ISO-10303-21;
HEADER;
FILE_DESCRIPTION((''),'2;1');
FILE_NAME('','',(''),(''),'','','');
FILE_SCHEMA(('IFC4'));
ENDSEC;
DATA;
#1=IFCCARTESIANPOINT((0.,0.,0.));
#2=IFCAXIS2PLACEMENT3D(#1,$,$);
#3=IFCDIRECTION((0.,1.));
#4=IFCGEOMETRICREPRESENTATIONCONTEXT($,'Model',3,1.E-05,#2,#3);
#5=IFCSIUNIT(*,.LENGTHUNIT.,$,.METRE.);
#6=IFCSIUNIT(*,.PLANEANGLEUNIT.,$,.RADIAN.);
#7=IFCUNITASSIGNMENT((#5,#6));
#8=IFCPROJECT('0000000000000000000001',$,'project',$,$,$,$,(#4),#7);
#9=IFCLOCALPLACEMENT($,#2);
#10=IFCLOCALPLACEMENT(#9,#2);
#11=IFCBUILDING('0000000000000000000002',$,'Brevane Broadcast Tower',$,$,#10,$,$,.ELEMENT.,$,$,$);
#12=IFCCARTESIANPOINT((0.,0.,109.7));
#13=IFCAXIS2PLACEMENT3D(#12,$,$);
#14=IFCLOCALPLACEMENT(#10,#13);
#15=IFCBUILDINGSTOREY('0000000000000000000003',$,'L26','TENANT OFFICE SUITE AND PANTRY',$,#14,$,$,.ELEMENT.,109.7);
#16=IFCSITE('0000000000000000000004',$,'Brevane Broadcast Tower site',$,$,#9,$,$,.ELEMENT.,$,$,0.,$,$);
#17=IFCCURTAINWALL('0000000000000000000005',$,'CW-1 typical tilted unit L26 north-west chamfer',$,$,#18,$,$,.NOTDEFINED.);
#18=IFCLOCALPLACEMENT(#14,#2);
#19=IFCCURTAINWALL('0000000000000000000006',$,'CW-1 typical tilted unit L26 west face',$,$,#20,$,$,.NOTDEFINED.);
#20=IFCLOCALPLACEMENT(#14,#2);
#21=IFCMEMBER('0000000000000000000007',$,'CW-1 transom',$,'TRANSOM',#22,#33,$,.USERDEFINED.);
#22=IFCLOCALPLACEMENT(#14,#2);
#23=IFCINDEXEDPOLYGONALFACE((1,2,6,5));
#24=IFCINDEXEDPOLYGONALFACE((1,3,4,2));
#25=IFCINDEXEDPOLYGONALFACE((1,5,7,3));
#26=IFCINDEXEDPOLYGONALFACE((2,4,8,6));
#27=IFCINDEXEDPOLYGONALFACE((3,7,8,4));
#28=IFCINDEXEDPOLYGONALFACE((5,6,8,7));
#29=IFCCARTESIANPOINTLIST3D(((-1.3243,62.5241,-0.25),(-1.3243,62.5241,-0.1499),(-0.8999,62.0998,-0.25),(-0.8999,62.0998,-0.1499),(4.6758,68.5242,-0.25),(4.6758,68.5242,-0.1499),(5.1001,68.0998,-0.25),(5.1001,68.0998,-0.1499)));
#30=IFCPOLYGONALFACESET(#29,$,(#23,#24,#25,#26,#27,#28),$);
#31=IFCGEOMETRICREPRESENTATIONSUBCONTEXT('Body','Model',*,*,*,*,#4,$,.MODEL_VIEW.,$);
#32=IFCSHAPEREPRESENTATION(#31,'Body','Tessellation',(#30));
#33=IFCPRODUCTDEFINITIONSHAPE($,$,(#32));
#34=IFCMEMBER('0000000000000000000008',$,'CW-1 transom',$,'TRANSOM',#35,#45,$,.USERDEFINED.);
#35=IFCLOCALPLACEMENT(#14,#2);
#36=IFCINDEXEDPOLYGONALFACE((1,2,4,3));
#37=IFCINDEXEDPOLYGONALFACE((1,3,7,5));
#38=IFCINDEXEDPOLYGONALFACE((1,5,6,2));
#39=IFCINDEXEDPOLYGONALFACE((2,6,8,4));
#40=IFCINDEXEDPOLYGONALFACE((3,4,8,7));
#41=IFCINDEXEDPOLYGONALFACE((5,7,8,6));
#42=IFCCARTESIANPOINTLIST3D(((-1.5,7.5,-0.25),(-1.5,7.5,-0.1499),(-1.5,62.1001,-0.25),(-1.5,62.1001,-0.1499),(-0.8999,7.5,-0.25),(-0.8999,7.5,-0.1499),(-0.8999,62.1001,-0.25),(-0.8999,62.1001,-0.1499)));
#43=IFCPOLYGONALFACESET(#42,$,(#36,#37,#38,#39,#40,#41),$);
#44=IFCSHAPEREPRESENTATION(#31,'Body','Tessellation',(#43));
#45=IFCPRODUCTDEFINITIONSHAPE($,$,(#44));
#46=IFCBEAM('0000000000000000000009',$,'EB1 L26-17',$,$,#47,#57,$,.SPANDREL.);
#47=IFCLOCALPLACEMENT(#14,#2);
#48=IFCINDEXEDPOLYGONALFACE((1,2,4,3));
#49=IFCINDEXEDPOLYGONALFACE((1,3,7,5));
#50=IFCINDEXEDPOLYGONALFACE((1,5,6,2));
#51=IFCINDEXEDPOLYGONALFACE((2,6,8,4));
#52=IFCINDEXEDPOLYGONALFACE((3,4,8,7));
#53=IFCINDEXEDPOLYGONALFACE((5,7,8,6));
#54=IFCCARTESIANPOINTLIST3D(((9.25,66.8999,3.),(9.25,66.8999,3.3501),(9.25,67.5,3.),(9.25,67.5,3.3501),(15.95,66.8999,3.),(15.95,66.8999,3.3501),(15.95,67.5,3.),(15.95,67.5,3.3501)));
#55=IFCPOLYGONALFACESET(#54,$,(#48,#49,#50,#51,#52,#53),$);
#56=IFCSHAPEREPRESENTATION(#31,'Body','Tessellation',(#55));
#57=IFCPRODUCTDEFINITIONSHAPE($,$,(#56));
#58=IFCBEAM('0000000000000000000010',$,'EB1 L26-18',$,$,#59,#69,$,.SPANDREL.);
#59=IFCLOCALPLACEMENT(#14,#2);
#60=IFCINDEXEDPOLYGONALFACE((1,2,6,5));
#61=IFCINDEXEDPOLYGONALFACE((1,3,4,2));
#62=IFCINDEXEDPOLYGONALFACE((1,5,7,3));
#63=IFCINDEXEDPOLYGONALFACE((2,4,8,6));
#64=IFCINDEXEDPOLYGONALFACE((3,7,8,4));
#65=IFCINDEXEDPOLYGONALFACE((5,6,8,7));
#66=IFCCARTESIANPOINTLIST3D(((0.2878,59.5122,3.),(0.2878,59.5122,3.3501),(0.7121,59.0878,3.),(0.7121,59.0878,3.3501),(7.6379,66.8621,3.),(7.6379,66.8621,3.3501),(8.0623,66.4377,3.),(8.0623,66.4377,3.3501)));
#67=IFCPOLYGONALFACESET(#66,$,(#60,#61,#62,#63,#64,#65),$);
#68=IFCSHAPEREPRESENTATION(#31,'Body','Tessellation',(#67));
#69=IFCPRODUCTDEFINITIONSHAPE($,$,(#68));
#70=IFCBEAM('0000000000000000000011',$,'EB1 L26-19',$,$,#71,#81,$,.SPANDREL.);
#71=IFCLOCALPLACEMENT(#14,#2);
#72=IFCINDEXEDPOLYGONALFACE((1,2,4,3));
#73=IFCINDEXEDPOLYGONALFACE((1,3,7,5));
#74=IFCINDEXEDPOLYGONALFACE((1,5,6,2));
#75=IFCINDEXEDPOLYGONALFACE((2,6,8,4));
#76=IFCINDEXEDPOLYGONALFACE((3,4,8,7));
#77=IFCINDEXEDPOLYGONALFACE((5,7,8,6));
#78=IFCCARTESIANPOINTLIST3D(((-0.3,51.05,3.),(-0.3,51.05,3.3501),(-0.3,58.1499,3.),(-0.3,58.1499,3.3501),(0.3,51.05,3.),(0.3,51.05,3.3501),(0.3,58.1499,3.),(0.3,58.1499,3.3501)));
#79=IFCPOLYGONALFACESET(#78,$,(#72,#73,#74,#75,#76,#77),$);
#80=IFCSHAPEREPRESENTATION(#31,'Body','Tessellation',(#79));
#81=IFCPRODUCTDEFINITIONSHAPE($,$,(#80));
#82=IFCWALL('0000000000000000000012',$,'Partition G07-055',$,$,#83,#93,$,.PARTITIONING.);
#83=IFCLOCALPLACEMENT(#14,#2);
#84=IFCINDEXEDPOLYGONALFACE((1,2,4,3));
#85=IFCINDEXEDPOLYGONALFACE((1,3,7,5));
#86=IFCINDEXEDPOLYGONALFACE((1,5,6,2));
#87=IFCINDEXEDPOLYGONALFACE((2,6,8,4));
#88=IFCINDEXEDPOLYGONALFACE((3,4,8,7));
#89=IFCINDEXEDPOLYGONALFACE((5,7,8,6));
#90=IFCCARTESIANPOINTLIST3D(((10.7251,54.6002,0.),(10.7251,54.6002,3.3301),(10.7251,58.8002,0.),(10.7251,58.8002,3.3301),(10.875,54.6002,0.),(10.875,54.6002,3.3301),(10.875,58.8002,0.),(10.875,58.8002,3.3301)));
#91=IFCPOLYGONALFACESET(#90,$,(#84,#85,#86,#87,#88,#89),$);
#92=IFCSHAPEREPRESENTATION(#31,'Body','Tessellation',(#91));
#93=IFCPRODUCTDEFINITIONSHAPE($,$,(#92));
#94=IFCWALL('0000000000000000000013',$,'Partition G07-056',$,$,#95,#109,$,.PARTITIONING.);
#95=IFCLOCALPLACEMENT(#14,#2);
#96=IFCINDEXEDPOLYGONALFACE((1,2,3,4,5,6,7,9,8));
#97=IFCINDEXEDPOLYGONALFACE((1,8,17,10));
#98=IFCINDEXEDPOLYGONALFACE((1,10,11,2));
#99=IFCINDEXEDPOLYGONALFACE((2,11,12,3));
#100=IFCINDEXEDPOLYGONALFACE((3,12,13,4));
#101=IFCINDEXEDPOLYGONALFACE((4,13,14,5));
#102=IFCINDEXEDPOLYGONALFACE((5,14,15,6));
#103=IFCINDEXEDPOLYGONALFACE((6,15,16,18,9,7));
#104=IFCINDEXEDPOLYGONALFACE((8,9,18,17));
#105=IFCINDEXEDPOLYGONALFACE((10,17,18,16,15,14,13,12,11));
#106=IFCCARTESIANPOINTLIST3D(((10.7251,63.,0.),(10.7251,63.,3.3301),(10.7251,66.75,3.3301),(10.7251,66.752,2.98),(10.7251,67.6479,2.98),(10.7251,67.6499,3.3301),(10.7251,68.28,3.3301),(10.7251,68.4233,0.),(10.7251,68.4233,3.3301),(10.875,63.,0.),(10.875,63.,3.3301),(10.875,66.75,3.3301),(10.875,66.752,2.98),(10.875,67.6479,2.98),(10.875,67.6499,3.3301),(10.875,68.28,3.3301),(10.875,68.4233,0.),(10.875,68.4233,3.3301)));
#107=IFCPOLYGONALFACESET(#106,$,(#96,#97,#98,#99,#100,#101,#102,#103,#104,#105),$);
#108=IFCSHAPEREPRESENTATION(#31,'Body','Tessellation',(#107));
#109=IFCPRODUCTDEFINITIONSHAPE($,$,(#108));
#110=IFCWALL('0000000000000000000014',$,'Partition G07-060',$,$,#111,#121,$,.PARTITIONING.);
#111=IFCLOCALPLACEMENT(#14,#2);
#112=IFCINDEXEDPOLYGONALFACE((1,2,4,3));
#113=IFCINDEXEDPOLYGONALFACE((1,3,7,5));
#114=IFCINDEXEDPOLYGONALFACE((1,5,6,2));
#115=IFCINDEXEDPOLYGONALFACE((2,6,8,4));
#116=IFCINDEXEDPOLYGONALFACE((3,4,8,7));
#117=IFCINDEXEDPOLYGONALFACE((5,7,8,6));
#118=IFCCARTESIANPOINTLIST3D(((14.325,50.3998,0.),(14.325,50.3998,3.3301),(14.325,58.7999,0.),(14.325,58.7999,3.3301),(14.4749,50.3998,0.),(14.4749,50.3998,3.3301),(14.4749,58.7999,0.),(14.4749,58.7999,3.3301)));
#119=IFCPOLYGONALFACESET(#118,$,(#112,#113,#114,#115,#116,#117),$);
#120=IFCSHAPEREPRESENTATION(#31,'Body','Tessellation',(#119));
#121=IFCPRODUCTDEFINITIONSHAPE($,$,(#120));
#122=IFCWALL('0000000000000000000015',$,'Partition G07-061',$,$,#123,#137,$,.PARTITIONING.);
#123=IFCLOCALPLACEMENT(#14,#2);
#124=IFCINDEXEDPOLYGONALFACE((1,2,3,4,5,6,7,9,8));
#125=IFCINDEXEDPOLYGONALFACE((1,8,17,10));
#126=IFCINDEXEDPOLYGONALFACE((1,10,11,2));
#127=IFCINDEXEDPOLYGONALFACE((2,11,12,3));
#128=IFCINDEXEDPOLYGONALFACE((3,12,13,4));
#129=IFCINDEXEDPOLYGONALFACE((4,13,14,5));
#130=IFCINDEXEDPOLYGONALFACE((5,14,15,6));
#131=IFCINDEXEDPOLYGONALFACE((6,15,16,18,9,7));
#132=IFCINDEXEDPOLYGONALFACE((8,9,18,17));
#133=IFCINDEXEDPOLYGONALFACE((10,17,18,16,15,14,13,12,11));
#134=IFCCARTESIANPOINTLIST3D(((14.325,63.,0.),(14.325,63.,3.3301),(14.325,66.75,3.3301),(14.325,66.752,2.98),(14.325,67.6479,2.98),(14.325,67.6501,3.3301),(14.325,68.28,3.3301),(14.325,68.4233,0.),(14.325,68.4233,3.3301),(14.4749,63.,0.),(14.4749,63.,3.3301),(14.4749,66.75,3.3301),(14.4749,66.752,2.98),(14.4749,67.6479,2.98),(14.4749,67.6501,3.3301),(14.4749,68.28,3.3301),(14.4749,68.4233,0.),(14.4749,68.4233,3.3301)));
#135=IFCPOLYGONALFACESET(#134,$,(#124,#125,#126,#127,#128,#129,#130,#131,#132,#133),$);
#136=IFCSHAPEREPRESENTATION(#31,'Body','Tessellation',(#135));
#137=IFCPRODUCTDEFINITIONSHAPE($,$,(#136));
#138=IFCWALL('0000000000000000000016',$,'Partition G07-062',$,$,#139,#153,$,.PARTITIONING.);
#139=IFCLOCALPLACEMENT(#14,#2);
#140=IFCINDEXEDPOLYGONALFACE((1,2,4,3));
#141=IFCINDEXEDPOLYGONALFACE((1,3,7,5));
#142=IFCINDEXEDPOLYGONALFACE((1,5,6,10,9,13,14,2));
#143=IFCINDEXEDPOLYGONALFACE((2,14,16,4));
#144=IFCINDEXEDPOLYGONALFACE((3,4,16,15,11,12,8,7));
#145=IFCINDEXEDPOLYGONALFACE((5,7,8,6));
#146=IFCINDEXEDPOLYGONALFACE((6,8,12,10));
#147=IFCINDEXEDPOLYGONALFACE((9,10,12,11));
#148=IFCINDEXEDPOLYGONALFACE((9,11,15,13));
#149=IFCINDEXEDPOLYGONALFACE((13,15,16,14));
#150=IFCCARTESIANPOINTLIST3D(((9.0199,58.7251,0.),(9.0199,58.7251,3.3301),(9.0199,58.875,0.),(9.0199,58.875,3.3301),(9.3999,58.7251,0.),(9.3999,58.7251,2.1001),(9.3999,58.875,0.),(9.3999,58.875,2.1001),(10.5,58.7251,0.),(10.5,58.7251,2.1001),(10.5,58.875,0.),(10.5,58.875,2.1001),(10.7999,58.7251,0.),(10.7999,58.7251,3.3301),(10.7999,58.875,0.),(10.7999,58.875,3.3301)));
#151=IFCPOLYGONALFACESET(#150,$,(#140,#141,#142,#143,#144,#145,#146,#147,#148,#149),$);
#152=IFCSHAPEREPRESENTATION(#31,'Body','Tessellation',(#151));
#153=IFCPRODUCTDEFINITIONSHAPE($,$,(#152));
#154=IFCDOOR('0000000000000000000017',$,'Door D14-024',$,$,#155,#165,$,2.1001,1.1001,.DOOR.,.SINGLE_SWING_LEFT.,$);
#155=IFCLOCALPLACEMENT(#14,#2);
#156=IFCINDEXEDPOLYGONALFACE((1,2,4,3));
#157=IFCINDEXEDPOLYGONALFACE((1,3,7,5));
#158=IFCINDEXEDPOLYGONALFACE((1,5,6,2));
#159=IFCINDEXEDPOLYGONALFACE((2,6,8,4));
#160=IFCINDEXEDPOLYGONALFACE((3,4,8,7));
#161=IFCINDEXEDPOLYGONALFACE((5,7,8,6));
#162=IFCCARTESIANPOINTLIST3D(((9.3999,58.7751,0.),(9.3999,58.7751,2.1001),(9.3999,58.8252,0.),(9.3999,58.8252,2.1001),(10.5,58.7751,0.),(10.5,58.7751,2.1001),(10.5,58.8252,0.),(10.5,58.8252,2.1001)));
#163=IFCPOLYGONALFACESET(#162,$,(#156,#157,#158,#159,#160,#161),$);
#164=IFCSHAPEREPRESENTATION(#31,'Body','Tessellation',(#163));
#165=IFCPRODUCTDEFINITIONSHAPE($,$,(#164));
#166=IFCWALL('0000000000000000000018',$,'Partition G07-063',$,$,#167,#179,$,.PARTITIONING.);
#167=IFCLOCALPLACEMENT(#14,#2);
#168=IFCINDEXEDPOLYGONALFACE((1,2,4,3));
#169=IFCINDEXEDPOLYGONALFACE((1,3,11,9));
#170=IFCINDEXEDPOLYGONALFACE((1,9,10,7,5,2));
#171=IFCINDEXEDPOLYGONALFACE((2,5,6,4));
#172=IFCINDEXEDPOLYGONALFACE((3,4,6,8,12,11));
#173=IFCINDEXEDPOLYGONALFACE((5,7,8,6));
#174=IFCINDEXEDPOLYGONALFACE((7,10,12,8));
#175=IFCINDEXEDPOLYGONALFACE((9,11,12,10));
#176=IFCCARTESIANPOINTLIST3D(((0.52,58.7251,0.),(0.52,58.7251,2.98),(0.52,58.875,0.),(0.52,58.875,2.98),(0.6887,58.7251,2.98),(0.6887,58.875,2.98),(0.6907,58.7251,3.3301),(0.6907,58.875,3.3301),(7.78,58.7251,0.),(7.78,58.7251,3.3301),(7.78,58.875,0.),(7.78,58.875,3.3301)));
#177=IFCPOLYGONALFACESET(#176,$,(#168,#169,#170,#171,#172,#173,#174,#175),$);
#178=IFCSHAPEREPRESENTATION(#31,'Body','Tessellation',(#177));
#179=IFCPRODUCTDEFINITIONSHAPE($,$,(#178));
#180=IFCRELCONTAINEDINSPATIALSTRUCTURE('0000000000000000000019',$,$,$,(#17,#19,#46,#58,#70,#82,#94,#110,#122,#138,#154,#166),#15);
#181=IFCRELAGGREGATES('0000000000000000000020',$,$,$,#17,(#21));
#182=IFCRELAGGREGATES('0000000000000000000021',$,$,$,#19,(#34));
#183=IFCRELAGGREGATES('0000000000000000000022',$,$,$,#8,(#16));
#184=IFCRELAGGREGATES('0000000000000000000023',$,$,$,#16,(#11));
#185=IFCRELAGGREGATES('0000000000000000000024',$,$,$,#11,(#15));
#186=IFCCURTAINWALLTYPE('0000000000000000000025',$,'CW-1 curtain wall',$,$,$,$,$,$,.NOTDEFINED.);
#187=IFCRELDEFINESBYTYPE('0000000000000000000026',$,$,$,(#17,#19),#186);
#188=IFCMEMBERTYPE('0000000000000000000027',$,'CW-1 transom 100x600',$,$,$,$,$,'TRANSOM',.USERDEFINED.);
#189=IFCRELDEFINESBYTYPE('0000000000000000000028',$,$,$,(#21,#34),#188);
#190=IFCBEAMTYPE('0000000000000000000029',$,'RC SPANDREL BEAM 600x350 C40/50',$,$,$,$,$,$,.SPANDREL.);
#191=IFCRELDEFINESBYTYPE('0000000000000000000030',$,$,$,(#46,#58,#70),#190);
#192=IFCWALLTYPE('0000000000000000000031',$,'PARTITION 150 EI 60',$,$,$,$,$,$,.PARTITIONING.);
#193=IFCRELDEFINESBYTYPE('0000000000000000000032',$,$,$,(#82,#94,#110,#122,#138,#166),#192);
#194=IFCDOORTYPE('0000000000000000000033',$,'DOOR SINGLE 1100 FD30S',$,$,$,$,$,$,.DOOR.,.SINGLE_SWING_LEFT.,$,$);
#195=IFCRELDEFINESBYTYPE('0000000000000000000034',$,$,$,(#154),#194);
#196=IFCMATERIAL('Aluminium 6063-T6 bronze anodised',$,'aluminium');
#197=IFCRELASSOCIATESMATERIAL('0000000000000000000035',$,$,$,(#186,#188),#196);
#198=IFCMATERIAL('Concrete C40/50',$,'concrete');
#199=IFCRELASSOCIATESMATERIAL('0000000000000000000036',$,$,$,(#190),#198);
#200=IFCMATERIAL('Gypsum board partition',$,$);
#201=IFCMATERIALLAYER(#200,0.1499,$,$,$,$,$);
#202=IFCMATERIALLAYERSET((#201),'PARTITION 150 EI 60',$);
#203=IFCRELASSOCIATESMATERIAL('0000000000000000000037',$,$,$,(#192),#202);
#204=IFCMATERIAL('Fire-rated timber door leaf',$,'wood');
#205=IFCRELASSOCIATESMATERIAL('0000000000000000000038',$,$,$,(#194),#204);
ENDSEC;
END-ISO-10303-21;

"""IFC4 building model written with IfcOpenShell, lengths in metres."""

from ifc_helpers import new_model, si_unit, direction, frame, frame_2d, origin, origin_2d, place, context, subcontext, project, spatial, polyline, rectangle, outline, extrude, material, layer, layer_set, material_profile, profile_set, type_object, element, fill, aggregate, save


model = new_model("IFC4")

# Units and contexts
model_context = context("Model", 3, precision=1e-05, world=origin(), true_north=direction((0.0, 1.0)))
body_context = subcontext(model_context, "Body", "Model", "MODEL_VIEW")
ifc_project = project(units=[si_unit("LENGTHUNIT", "METRE"), si_unit("PLANEANGLEUNIT", "RADIAN")], contexts=[model_context])

# Site, building, storey
site_placement = place(None, origin())
site = spatial("IfcSite", under=ifc_project, at=site_placement, Name="Brevane Broadcast Tower site", CompositionType="ELEMENT", RefElevation=0.0)
building_placement = place(site_placement, origin())
building = spatial("IfcBuilding", under=site, at=building_placement, Name="Brevane Broadcast Tower", CompositionType="ELEMENT")
storey_placement = place(building_placement, frame((0.0, 0.0, 109.7)))
storey = spatial("IfcBuildingStorey", under=building, at=storey_placement, Name="L26", Description="TENANT OFFICE SUITE AND PANTRY", CompositionType="ELEMENT", Elevation=109.7)

# Curtain walls
ifc_material_1 = material(Name="Aluminium 6063-T6 bronze anodised", Category="aluminium")
curtain_wall_type = type_object("IfcCurtainWallType", Name="CW-1 curtain wall", PredefinedType="NOTDEFINED", material=ifc_material_1)
curtain_wall_1_placement = place(storey_placement, origin())
curtain_wall_1 = element("IfcCurtainWall", 1, at=curtain_wall_1_placement, inside=storey, type_object=curtain_wall_type, Name="CW-1 typical tilted unit L26 north-west chamfer", PredefinedType="NOTDEFINED")
curtain_wall_2_placement = place(storey_placement, origin())
curtain_wall_2 = element("IfcCurtainWall", 2, at=curtain_wall_2_placement, inside=storey, type_object=curtain_wall_type, Name="CW-1 typical tilted unit L26 west face", PredefinedType="NOTDEFINED")

# Members
ifc_material_profile_1 = material_profile(ifc_material_1, rectangle(XDim=0.6001, YDim=0.1001, at=origin_2d()), Name="RECT 100x600")
ifc_profile_set_1 = profile_set([ifc_material_profile_1], Name="Aluminium 6063-T6 bronze anodised")
member_type_1 = type_object("IfcMemberType", Name="CW-1 transom 100x600", ElementType="TRANSOM", PredefinedType="USERDEFINED", material=ifc_profile_set_1)
member_1_placement = place(storey_placement, frame((4.8879, 68.312, -0.2), z_axis=(-0.707107, -0.707107, 0.0), x_axis=(0.707107, -0.707107, 0.0)))
member_1 = element("IfcMember", 3, at=member_1_placement, type_object=member_type_1, Name="CW-1 transom", ObjectType="TRANSOM", PredefinedType="USERDEFINED", context=body_context, shape_type="SweptSolid", body=[
    extrude(rectangle(XDim=0.6001, YDim=0.1001, at=origin_2d()), origin(), (0.0, 0.0, 1.0), 8.4854),
])
aggregate(curtain_wall_1, [member_1])
member_2_placement = place(storey_placement, frame((-1.2, 62.1001, -0.2), z_axis=(0.0, -1.0, 0.0), x_axis=(1.0, 0.0, 0.0)))
member_2 = element("IfcMember", 4, at=member_2_placement, type_object=member_type_1, Name="CW-1 transom", ObjectType="TRANSOM", PredefinedType="USERDEFINED", context=body_context, shape_type="SweptSolid", body=[
    extrude(rectangle(XDim=0.6001, YDim=0.1001, at=origin_2d()), origin(), (0.0, 0.0, 1.0), 54.6001),
])
aggregate(curtain_wall_2, [member_2])

# Beams
ifc_material_2 = material(Name="Concrete C40/50", Category="concrete")
ifc_material_profile_2 = material_profile(ifc_material_2, rectangle(XDim=0.6001, YDim=0.3501, at=origin_2d()), Name="RC 600x350")
ifc_profile_set_2 = profile_set([ifc_material_profile_2], Name="Concrete C40/50")
beam_type = type_object("IfcBeamType", Name="RC SPANDREL BEAM 600x350 C40/50", PredefinedType="SPANDREL", material=ifc_profile_set_2)
beam_1_placement = place(storey_placement, frame((15.95, 67.2, 3.175), z_axis=(-1.0, 0.0, 0.0), x_axis=(0.0, -1.0, 0.0)))
element("IfcBeam", 5, at=beam_1_placement, inside=storey, type_object=beam_type, Name="EB1 L26-17", PredefinedType="SPANDREL", context=body_context, shape_type="SweptSolid", body=[
    extrude(rectangle(XDim=0.6001, YDim=0.3501, at=origin_2d()), origin(), (0.0, 0.0, 1.0), 6.7),
])
beam_2_placement = place(storey_placement, frame((7.8501, 66.6499, 3.175), z_axis=(-0.707119, -0.707095, 0.0), x_axis=(0.707095, -0.707119, 0.0)))
element("IfcBeam", 6, at=beam_2_placement, inside=storey, type_object=beam_type, Name="EB1 L26-18", PredefinedType="SPANDREL", context=body_context, shape_type="SweptSolid", body=[
    extrude(rectangle(XDim=0.6001, YDim=0.3501, at=origin_2d()), origin(), (0.0, 0.0, 1.0), 10.3945),
])
beam_3_placement = place(storey_placement, frame((0.0, 58.1499, 3.175), z_axis=(0.0, -1.0, 0.0), x_axis=(1.0, 0.0, 0.0)))
element("IfcBeam", 7, at=beam_3_placement, inside=storey, type_object=beam_type, Name="EB1 L26-19", PredefinedType="SPANDREL", context=body_context, shape_type="SweptSolid", body=[
    extrude(rectangle(XDim=0.6001, YDim=0.3501, at=origin_2d()), origin(), (0.0, 0.0, 1.0), 7.0999),
])

# Walls
ifc_material_3 = material(Name="Gypsum board partition")
ifc_layer = layer(ifc_material_3, 0.1499)
ifc_layer_set = layer_set([ifc_layer], Name="PARTITION 150 EI 60")
wall_type = type_object("IfcWallType", Name="PARTITION 150 EI 60", PredefinedType="PARTITIONING", material=ifc_layer_set)
wall_1_placement = place(storey_placement, frame((10.8, 54.6001, 0.0), z_axis=(0.0, 0.0, 1.0), x_axis=(0.0, 1.0, 0.0)))
element("IfcWall", 8, at=wall_1_placement, inside=storey, type_object=wall_type, Name="Partition G07-055", PredefinedType="PARTITIONING", context=body_context, shape_type="SweptSolid", body=[
    extrude(rectangle(XDim=4.2, YDim=0.1499, at=frame_2d((2.1001, 0.0))), origin(), (0.0, 0.0, 1.0), 3.3301),
])
wall_2_placement = place(storey_placement, frame((10.8, 63.0, 0.0), z_axis=(0.0, 0.0, 1.0), x_axis=(0.0, 1.0, 0.0)))
element("IfcWall", 9, at=wall_2_placement, inside=storey, type_object=wall_type, Name="Partition G07-056", PredefinedType="PARTITIONING", context=body_context, shape_type="SweptSolid", body=[
    extrude(outline(polyline([(0.0, 0.0), (5.4233, 0.0), (5.4233, 3.3301), (5.28, 3.3301), (4.6499, 3.3301), (4.6479, 2.98), (3.752, 2.98), (3.75, 3.3301), (0.0, 3.3301), (0.0, 0.0)])), frame((0.0, 0.075, 0.0), z_axis=(0.0, -1.0, 0.0), x_axis=(1.0, 0.0, 0.0)), (0.0, 0.0, 1.0), 0.1499),
])
wall_3_placement = place(storey_placement, frame((14.3999, 58.8, 0.0), z_axis=(0.0, 0.0, 1.0), x_axis=(0.0, -1.0, 0.0)))
element("IfcWall", 10, at=wall_3_placement, inside=storey, type_object=wall_type, Name="Partition G07-060", PredefinedType="PARTITIONING", context=body_context, shape_type="SweptSolid", body=[
    extrude(rectangle(XDim=8.4001, YDim=0.1499, at=frame_2d((4.2002, 0.0))), origin(), (0.0, 0.0, 1.0), 3.3301),
])
wall_4_placement = place(storey_placement, frame((14.3999, 68.4233, 0.0), z_axis=(0.0, 0.0, 1.0), x_axis=(0.0, -1.0, 0.0)))
element("IfcWall", 11, at=wall_4_placement, inside=storey, type_object=wall_type, Name="Partition G07-061", PredefinedType="PARTITIONING", context=body_context, shape_type="SweptSolid", body=[
    extrude(outline(polyline([(0.0, 0.0), (5.4233, 0.0), (5.4233, 3.3301), (1.6733, 3.3301), (1.6714, 2.98), (0.7754, 2.98), (0.7732, 3.3301), (0.1433, 3.3301), (0.0, 3.3301), (0.0, 0.0)])), frame((0.0, 0.075, 0.0), z_axis=(0.0, -1.0, 0.0), x_axis=(1.0, 0.0, 0.0)), (0.0, 0.0, 1.0), 0.1499),
])

# Wall, opening, door
wall_5_placement = place(storey_placement, frame((10.8, 58.8, 0.0), z_axis=(0.0, 0.0, 1.0), x_axis=(-1.0, 0.0, 0.0)))
wall_5 = element("IfcWall", 12, at=wall_5_placement, inside=storey, type_object=wall_type, Name="Partition G07-062", PredefinedType="PARTITIONING", context=body_context, shape_type="SweptSolid", body=[
    extrude(rectangle(XDim=1.78, YDim=0.1499, at=frame_2d((0.8901, 0.0))), origin(), (0.0, 0.0, 1.0), 3.3301),
])
opening_1_placement = place(wall_5_placement, frame((0.3, 0.0, 0.0)))
opening_1 = element("IfcOpeningElement", 13, at=opening_1_placement, cuts=wall_5, PredefinedType="OPENING", context=body_context, shape_type="SweptSolid", body=[
    extrude(rectangle(XDim=1.1001, YDim=2.1001, at=frame_2d((0.55, 1.05))), frame((0.0, 0.085, 0.0), z_axis=(0.0, -1.0, 0.0), x_axis=(1.0, 0.0, 0.0)), (0.0, 0.0, 1.0), 0.1699),
])
ifc_material_4 = material(Name="Fire-rated timber door leaf", Category="wood")
door_type = type_object("IfcDoorType", Name="DOOR SINGLE 1100 FD30S", OperationType="SINGLE_SWING_LEFT", PredefinedType="DOOR", material=ifc_material_4)
door_1_placement = place(opening_1_placement, origin())
door_1 = element("IfcDoor", 14, at=door_1_placement, inside=storey, type_object=door_type, Name="Door D14-024", OperationType="SINGLE_SWING_LEFT", OverallHeight=2.1001, OverallWidth=1.1001, PredefinedType="DOOR", context=body_context, shape_type="SweptSolid", body=[
    extrude(rectangle(XDim=1.1001, YDim=2.1001, at=frame_2d((0.55, 1.05))), frame((0.0, 0.0249, 0.0), z_axis=(0.0, -1.0, 0.0), x_axis=(1.0, 0.0, 0.0)), (0.0, 0.0, 1.0), 0.05),
])
fill(opening_1, door_1)

# Wall
wall_6_placement = place(storey_placement, frame((7.78, 58.8, 0.0), z_axis=(0.0, 0.0, 1.0), x_axis=(-1.0, 0.0, 0.0)))
element("IfcWall", 15, at=wall_6_placement, inside=storey, type_object=wall_type, Name="Partition G07-063", PredefinedType="PARTITIONING", context=body_context, shape_type="SweptSolid", body=[
    extrude(outline(polyline([(0.0, 0.0), (7.26, 0.0), (7.26, 2.98), (7.0913, 2.98), (7.0894, 3.3301), (0.0, 3.3301), (0.0, 0.0)])), frame((0.0, 0.075, 0.0), z_axis=(0.0, -1.0, 0.0), x_axis=(1.0, 0.0, 0.0)), (0.0, 0.0, 1.0), 0.1499),
])

save(model, "model.ifc")
